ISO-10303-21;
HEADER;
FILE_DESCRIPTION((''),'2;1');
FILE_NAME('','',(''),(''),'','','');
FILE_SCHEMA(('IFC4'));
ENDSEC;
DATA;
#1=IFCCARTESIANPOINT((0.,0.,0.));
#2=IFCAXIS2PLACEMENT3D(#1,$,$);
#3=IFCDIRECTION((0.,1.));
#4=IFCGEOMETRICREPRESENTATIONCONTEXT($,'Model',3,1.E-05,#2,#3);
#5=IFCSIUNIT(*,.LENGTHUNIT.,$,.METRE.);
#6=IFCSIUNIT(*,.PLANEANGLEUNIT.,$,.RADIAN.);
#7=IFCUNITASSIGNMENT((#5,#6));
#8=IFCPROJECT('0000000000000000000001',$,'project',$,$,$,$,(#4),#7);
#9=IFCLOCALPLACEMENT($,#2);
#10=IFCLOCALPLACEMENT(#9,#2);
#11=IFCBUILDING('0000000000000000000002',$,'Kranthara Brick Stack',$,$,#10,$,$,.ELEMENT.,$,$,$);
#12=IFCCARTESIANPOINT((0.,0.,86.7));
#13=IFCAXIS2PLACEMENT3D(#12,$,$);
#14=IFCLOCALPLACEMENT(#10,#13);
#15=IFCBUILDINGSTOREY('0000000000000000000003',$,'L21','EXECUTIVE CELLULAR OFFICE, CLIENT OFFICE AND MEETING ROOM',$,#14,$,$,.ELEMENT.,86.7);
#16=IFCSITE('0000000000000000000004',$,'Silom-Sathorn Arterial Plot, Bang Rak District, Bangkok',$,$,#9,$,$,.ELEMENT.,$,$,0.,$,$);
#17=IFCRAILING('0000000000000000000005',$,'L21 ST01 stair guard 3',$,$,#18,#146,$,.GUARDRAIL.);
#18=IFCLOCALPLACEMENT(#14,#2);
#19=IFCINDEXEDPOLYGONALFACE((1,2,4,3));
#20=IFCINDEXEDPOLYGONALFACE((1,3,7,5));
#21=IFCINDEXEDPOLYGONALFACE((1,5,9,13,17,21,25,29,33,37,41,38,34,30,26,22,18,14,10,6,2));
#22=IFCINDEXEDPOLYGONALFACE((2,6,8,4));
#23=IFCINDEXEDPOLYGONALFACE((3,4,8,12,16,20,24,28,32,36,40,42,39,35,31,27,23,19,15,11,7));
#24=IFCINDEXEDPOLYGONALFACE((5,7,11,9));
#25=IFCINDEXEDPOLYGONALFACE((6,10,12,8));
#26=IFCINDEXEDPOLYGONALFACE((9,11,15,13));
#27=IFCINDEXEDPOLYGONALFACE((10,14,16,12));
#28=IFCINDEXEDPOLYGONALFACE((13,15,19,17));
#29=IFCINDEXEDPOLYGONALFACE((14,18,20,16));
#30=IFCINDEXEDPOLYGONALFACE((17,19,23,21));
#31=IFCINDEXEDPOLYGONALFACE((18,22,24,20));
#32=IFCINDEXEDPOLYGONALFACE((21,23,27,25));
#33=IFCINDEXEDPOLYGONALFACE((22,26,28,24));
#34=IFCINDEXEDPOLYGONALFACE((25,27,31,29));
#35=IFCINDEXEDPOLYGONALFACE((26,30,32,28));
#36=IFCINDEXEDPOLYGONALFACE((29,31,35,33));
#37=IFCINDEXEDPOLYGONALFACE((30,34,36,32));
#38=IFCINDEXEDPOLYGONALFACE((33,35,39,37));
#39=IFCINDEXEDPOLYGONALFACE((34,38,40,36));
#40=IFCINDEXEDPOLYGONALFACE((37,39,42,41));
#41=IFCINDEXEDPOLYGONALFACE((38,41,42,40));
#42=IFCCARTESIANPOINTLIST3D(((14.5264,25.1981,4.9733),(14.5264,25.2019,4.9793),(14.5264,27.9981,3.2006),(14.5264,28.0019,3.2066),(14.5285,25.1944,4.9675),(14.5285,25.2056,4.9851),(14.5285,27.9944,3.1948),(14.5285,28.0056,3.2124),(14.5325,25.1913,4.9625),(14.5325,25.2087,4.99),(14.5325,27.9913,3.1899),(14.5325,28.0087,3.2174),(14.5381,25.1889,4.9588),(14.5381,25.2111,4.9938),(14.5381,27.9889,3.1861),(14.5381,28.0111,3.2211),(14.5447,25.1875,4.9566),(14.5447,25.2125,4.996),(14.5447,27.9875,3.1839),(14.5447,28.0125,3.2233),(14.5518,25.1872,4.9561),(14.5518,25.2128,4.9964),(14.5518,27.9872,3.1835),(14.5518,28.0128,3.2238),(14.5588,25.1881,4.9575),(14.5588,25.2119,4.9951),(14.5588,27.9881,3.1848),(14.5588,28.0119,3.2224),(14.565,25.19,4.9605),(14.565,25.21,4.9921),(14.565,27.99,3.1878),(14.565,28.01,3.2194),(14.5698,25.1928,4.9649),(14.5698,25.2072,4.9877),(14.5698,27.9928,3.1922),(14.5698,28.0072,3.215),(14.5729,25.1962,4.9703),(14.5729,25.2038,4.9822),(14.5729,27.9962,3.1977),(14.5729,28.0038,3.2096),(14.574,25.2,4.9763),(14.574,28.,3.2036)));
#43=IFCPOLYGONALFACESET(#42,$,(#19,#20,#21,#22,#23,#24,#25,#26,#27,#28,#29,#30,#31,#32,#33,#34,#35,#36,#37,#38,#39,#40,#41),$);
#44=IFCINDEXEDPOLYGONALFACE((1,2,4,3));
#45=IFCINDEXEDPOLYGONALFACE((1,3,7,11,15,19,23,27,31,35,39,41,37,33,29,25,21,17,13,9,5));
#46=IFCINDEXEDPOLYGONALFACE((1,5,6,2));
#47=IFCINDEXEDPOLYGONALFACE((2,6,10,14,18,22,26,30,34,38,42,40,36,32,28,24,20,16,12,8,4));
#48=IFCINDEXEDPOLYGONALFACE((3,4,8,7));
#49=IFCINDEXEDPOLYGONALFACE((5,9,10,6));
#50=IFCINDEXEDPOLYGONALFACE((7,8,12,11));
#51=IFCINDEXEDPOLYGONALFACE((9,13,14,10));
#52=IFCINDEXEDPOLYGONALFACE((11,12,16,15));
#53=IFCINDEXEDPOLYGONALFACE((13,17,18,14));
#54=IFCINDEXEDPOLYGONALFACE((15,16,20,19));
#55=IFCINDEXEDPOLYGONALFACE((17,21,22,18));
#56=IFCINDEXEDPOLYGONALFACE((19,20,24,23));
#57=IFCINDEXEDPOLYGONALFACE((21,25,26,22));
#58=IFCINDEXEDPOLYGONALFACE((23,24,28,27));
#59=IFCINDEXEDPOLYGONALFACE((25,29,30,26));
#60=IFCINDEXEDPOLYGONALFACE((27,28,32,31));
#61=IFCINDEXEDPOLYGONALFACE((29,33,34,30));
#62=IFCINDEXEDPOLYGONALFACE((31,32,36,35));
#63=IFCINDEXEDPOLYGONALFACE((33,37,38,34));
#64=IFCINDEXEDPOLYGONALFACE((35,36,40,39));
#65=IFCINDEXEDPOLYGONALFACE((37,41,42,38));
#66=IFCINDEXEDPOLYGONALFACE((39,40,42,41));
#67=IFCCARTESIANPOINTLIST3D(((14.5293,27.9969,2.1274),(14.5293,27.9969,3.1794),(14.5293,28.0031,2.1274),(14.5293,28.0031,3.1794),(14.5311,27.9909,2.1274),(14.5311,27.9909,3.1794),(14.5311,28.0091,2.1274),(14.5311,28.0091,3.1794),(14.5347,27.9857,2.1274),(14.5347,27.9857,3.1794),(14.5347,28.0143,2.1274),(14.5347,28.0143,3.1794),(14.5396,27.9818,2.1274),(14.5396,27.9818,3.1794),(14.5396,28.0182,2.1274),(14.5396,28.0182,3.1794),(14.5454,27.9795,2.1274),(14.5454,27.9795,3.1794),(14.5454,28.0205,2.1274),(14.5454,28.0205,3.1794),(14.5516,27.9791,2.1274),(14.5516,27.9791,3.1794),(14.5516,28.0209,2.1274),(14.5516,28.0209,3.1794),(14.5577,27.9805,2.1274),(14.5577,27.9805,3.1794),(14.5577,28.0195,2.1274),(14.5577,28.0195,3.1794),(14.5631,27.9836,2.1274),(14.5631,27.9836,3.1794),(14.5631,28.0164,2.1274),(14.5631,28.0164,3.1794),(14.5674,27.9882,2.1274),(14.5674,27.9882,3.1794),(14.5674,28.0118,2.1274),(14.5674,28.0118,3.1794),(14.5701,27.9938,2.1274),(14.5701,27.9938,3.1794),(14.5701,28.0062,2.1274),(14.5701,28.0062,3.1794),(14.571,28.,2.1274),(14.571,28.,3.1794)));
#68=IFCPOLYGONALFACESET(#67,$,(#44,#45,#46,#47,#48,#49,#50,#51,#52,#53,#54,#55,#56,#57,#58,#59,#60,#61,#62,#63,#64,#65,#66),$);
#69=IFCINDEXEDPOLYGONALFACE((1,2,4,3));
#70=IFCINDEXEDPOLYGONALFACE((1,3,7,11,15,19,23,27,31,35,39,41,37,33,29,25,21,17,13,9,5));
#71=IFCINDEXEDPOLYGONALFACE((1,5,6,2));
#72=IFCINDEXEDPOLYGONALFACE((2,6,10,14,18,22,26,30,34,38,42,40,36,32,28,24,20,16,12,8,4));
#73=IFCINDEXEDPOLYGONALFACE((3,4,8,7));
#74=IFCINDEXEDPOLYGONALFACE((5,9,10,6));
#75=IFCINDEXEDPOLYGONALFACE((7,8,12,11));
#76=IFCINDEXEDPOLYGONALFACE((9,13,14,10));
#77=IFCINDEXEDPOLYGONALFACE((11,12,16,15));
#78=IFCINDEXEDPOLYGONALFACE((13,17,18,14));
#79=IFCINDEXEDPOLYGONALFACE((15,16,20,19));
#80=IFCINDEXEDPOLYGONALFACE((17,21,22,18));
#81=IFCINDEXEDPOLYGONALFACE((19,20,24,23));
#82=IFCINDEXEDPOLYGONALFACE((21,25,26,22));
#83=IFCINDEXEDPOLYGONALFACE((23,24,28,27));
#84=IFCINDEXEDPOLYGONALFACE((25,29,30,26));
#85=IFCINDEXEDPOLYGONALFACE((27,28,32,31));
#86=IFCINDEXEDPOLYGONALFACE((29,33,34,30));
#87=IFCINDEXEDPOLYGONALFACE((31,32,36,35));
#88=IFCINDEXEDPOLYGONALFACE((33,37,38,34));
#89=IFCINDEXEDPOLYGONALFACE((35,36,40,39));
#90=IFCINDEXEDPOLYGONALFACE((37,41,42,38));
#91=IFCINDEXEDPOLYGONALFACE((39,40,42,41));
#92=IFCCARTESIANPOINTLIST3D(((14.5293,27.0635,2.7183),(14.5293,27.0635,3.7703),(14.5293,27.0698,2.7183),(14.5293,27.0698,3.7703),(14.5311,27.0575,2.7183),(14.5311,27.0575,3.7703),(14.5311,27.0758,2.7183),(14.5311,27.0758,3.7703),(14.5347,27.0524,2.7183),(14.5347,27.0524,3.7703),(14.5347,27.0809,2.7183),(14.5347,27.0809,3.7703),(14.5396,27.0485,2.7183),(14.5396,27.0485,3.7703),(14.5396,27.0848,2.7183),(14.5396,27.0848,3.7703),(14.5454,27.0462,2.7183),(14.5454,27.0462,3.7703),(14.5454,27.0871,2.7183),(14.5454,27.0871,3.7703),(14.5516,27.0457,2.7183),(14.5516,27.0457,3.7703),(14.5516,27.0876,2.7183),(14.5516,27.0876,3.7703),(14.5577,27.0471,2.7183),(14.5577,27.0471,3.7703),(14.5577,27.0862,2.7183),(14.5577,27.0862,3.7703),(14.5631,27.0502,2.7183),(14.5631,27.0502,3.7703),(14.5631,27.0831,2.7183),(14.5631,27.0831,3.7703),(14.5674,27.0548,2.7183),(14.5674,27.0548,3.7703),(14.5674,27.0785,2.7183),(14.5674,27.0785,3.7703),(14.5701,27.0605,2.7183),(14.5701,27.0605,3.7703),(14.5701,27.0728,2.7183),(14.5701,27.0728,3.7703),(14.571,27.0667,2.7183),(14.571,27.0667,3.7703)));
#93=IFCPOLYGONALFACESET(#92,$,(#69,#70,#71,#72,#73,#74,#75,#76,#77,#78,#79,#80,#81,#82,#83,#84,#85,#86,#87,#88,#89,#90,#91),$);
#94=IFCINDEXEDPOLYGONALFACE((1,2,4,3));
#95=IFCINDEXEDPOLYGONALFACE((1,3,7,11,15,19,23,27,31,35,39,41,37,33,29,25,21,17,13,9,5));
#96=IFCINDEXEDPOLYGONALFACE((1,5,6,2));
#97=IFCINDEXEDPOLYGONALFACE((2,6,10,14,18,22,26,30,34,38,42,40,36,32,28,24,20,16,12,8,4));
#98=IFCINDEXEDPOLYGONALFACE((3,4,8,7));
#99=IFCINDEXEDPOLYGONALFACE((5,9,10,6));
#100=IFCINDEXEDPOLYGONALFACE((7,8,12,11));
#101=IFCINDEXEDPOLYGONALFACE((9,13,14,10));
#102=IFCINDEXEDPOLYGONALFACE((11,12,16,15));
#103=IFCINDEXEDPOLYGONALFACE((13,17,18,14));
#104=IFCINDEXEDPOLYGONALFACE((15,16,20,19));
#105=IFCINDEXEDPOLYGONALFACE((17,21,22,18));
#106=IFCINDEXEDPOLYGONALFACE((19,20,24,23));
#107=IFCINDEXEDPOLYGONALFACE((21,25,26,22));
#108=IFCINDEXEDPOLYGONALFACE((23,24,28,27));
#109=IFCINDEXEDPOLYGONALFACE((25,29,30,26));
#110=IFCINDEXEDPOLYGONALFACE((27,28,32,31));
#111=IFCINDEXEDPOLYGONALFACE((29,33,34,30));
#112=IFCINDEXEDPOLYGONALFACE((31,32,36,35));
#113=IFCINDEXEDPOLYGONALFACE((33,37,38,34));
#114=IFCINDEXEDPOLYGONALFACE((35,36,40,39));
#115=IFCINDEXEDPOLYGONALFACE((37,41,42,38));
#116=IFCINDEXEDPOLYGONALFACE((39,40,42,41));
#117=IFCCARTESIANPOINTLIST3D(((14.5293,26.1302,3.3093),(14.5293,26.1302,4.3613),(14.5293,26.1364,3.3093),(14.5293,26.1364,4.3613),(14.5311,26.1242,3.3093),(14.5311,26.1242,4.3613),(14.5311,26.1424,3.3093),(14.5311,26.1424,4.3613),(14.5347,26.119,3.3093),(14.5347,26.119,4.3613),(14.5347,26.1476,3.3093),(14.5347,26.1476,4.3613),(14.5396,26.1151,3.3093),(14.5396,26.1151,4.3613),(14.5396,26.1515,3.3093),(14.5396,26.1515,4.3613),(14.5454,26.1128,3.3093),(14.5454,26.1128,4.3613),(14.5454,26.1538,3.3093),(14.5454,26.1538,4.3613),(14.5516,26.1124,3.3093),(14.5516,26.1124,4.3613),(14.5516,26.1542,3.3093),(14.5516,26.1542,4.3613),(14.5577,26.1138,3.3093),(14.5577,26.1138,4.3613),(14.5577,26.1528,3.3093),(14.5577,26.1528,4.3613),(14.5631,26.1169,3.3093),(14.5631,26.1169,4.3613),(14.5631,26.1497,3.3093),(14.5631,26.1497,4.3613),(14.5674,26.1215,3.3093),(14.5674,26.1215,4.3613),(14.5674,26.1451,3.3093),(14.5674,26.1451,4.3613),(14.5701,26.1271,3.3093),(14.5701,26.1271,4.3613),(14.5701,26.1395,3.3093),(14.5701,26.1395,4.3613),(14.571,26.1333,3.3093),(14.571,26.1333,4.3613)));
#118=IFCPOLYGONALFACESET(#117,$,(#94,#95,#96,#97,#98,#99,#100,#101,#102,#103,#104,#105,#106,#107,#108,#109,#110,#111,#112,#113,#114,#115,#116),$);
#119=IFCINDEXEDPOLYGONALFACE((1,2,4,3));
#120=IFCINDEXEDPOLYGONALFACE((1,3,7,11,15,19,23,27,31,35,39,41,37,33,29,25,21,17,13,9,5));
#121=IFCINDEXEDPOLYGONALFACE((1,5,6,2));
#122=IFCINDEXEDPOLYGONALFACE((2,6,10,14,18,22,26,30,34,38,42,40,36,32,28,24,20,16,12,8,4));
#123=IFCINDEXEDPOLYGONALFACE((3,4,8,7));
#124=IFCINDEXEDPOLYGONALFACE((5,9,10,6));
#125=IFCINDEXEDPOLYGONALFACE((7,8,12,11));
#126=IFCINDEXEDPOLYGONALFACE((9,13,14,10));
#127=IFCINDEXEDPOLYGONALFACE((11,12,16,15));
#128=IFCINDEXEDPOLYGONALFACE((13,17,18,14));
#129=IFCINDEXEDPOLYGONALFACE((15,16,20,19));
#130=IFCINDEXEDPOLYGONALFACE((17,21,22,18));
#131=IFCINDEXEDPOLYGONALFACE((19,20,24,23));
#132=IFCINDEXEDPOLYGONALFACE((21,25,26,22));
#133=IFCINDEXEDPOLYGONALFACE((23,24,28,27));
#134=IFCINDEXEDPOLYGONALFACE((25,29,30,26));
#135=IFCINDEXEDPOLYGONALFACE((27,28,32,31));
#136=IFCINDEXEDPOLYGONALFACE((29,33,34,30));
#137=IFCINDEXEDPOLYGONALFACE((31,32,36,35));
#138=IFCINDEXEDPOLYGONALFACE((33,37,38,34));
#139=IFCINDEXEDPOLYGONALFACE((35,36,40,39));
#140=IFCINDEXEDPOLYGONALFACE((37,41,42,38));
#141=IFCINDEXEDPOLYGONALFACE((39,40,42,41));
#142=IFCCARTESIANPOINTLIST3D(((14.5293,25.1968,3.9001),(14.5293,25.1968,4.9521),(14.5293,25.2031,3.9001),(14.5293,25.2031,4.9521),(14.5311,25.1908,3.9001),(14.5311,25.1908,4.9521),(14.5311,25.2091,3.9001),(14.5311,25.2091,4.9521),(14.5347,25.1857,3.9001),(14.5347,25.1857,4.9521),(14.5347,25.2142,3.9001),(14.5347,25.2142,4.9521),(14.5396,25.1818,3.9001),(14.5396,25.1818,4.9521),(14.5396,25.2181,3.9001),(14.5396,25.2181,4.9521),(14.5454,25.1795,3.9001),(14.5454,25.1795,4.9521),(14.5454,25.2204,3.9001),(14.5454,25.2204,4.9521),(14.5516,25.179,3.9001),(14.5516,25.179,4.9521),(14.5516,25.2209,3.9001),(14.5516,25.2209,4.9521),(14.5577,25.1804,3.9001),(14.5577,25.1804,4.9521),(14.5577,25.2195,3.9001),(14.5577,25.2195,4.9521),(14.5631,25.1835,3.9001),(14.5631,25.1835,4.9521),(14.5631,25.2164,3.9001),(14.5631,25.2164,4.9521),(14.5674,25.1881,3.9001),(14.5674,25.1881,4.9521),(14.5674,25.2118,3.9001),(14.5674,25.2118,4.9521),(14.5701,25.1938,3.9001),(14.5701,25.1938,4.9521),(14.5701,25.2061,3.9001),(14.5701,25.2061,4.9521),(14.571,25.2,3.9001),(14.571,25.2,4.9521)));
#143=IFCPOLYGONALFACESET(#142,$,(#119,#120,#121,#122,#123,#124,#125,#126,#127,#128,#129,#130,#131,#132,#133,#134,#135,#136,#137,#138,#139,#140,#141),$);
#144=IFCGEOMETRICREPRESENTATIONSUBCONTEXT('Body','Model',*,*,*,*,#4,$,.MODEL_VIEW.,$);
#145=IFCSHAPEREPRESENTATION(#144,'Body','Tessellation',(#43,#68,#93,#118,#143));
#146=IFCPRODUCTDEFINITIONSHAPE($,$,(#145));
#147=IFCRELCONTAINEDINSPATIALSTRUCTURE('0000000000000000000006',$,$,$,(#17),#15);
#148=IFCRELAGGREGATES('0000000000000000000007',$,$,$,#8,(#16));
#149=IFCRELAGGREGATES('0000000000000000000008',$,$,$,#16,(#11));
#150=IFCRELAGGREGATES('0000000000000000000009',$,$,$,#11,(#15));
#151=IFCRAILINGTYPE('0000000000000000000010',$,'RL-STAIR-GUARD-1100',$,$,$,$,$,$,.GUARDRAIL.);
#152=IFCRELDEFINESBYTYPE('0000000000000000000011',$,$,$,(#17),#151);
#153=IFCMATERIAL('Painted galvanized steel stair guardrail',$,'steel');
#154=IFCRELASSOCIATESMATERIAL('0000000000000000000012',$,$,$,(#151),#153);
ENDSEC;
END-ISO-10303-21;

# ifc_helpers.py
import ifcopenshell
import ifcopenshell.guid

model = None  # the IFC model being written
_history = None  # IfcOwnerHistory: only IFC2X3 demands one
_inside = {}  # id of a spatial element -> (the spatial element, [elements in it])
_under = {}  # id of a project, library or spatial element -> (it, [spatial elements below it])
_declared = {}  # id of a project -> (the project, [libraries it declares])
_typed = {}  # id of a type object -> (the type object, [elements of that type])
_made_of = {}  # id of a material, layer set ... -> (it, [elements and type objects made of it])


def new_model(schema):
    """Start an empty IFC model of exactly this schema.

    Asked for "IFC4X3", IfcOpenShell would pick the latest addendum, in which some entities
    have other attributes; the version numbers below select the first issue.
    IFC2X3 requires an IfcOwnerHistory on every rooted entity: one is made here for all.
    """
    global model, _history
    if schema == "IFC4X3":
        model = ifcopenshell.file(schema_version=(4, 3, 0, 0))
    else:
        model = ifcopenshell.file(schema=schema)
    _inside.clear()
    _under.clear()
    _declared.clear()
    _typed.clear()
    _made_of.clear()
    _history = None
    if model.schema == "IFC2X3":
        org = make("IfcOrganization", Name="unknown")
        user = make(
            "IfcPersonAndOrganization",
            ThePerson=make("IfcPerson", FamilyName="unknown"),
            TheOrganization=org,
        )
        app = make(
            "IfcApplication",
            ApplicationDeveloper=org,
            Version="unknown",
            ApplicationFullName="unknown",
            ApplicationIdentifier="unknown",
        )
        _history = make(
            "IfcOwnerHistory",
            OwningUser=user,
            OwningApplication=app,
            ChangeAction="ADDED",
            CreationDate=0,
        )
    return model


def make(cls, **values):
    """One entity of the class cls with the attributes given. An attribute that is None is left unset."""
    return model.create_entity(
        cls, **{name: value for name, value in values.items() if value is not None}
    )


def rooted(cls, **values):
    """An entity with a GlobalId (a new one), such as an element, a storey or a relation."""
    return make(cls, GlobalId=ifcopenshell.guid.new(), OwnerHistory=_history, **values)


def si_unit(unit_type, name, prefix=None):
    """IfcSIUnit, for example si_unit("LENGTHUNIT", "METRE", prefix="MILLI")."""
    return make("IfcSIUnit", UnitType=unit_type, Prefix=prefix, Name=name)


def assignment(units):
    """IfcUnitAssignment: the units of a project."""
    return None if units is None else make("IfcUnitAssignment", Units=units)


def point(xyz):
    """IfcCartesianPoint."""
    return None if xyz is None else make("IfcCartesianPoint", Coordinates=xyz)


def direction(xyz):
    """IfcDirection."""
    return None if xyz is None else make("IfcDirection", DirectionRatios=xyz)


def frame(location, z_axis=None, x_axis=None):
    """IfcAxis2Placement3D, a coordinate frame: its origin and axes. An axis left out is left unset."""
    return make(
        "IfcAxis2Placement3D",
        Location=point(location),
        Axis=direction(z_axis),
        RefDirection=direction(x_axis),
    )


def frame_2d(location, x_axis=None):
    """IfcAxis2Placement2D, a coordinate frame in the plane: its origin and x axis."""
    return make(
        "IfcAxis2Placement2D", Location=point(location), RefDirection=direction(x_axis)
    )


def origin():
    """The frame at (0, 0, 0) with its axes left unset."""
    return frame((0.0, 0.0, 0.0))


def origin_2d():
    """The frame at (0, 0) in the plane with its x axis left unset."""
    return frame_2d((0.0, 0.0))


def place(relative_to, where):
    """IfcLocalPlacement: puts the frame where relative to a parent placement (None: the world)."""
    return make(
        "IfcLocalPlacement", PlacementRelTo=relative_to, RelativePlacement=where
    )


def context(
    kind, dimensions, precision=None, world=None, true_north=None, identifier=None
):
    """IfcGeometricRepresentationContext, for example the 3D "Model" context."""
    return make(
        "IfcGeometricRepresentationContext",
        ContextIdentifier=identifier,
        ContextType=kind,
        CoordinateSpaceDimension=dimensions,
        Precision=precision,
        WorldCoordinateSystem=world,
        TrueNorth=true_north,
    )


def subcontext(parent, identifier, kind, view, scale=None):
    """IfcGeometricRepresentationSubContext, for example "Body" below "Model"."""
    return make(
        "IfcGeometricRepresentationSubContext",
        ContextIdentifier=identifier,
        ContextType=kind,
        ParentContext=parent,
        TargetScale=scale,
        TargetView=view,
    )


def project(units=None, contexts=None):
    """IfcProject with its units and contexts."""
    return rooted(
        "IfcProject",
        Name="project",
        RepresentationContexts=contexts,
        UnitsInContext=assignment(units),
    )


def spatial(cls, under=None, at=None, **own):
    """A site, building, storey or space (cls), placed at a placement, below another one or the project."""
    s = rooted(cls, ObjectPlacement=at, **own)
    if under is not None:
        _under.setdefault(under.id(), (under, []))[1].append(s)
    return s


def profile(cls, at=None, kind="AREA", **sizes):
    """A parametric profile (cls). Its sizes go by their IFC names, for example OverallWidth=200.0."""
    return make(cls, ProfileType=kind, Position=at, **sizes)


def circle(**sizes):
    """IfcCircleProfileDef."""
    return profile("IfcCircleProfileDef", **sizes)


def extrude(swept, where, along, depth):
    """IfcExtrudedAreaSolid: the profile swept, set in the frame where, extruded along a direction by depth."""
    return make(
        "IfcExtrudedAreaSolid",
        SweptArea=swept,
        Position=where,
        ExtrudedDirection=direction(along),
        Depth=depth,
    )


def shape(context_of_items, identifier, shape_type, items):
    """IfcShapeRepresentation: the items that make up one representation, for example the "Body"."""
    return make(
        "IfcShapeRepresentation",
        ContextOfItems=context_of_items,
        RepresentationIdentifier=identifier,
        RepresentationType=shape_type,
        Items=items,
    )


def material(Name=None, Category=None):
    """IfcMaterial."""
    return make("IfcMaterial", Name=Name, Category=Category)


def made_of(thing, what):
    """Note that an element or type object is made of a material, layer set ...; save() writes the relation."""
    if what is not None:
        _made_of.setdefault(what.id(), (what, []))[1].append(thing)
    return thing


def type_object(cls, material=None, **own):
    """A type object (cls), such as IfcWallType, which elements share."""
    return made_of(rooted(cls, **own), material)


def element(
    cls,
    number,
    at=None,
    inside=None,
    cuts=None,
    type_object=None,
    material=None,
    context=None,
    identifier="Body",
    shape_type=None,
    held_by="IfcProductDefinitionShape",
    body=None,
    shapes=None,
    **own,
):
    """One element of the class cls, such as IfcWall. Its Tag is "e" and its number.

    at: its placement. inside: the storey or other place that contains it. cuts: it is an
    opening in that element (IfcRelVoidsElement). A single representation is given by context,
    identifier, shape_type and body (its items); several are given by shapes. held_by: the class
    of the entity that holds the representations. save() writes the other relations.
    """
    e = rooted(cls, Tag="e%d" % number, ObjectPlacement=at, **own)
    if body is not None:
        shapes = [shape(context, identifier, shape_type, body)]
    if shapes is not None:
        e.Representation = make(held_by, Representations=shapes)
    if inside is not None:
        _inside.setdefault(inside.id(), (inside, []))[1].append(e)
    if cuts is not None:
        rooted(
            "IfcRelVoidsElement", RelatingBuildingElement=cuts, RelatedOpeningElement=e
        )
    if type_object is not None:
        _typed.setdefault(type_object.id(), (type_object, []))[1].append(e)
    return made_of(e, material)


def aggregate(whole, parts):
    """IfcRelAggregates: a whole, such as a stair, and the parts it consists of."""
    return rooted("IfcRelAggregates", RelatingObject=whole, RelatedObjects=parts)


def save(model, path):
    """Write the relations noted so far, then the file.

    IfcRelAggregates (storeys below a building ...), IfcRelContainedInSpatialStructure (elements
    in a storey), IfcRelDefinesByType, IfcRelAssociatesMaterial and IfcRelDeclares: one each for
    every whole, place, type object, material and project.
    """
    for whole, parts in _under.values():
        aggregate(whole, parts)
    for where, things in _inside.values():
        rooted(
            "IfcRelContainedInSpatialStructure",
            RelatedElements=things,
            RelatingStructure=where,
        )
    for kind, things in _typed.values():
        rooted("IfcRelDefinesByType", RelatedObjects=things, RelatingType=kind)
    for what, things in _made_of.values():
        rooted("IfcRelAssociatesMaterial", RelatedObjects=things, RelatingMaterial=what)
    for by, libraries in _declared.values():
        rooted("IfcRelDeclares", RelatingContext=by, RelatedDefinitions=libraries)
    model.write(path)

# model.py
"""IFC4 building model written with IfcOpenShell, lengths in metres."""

from ifc_helpers import new_model, si_unit, direction, frame, origin, origin_2d, place, context, subcontext, project, spatial, circle, extrude, material, type_object, element, save


model = new_model("IFC4")

# Units and contexts
model_context = context("Model", 3, precision=1e-05, world=origin(), true_north=direction((0.0, 1.0)))
body_context = subcontext(model_context, "Body", "Model", "MODEL_VIEW")
ifc_project = project(units=[si_unit("LENGTHUNIT", "METRE"), si_unit("PLANEANGLEUNIT", "RADIAN")], contexts=[model_context])

# Site, building, storey
site_placement = place(None, origin())
site = spatial("IfcSite", under=ifc_project, at=site_placement, Name="Silom-Sathorn Arterial Plot, Bang Rak District, Bangkok", CompositionType="ELEMENT", RefElevation=0.0)
building_placement = place(site_placement, origin())
building = spatial("IfcBuilding", under=site, at=building_placement, Name="Kranthara Brick Stack", CompositionType="ELEMENT")
storey_placement = place(building_placement, frame((0.0, 0.0, 86.7)))
storey = spatial("IfcBuildingStorey", under=building, at=storey_placement, Name="L21", Description="EXECUTIVE CELLULAR OFFICE, CLIENT OFFICE AND MEETING ROOM", CompositionType="ELEMENT", Elevation=86.7)

# Railing
ifc_material_1 = material(Name="Painted galvanized steel stair guardrail", Category="steel")
railing_type_1 = type_object("IfcRailingType", Name="RL-STAIR-GUARD-1100", PredefinedType="GUARDRAIL", material=ifc_material_1)
railing_1_placement = place(storey_placement, frame((14.55, 28.0, 2.1274)))
element("IfcRailing", 1, at=railing_1_placement, inside=storey, type_object=railing_type_1, Name="L21 ST01 stair guard 3", PredefinedType="GUARDRAIL", context=body_context, shape_type="SweptSolid", body=[
    extrude(circle(Radius=0.0239, at=origin_2d()), frame((0.0, 0.0, 1.0762), z_axis=(0.0, -0.844909, 0.53491), x_axis=(1.0, 0.0, 0.0)), (0.0, 0.0, 1.0), 3.314),
    extrude(circle(Radius=0.021, at=origin_2d()), origin(), (0.0, 0.0, 1.0), 1.052),
    extrude(circle(Radius=0.021, at=origin_2d()), frame((0.0, -0.9333, 0.5908)), (0.0, 0.0, 1.0), 1.052),
    extrude(circle(Radius=0.021, at=origin_2d()), frame((0.0, -1.8667, 1.1819)), (0.0, 0.0, 1.0), 1.052),
    extrude(circle(Radius=0.021, at=origin_2d()), frame((0.0, -2.8, 1.7727)), (0.0, 0.0, 1.0), 1.052),
])

save(model, "model.ifc")
